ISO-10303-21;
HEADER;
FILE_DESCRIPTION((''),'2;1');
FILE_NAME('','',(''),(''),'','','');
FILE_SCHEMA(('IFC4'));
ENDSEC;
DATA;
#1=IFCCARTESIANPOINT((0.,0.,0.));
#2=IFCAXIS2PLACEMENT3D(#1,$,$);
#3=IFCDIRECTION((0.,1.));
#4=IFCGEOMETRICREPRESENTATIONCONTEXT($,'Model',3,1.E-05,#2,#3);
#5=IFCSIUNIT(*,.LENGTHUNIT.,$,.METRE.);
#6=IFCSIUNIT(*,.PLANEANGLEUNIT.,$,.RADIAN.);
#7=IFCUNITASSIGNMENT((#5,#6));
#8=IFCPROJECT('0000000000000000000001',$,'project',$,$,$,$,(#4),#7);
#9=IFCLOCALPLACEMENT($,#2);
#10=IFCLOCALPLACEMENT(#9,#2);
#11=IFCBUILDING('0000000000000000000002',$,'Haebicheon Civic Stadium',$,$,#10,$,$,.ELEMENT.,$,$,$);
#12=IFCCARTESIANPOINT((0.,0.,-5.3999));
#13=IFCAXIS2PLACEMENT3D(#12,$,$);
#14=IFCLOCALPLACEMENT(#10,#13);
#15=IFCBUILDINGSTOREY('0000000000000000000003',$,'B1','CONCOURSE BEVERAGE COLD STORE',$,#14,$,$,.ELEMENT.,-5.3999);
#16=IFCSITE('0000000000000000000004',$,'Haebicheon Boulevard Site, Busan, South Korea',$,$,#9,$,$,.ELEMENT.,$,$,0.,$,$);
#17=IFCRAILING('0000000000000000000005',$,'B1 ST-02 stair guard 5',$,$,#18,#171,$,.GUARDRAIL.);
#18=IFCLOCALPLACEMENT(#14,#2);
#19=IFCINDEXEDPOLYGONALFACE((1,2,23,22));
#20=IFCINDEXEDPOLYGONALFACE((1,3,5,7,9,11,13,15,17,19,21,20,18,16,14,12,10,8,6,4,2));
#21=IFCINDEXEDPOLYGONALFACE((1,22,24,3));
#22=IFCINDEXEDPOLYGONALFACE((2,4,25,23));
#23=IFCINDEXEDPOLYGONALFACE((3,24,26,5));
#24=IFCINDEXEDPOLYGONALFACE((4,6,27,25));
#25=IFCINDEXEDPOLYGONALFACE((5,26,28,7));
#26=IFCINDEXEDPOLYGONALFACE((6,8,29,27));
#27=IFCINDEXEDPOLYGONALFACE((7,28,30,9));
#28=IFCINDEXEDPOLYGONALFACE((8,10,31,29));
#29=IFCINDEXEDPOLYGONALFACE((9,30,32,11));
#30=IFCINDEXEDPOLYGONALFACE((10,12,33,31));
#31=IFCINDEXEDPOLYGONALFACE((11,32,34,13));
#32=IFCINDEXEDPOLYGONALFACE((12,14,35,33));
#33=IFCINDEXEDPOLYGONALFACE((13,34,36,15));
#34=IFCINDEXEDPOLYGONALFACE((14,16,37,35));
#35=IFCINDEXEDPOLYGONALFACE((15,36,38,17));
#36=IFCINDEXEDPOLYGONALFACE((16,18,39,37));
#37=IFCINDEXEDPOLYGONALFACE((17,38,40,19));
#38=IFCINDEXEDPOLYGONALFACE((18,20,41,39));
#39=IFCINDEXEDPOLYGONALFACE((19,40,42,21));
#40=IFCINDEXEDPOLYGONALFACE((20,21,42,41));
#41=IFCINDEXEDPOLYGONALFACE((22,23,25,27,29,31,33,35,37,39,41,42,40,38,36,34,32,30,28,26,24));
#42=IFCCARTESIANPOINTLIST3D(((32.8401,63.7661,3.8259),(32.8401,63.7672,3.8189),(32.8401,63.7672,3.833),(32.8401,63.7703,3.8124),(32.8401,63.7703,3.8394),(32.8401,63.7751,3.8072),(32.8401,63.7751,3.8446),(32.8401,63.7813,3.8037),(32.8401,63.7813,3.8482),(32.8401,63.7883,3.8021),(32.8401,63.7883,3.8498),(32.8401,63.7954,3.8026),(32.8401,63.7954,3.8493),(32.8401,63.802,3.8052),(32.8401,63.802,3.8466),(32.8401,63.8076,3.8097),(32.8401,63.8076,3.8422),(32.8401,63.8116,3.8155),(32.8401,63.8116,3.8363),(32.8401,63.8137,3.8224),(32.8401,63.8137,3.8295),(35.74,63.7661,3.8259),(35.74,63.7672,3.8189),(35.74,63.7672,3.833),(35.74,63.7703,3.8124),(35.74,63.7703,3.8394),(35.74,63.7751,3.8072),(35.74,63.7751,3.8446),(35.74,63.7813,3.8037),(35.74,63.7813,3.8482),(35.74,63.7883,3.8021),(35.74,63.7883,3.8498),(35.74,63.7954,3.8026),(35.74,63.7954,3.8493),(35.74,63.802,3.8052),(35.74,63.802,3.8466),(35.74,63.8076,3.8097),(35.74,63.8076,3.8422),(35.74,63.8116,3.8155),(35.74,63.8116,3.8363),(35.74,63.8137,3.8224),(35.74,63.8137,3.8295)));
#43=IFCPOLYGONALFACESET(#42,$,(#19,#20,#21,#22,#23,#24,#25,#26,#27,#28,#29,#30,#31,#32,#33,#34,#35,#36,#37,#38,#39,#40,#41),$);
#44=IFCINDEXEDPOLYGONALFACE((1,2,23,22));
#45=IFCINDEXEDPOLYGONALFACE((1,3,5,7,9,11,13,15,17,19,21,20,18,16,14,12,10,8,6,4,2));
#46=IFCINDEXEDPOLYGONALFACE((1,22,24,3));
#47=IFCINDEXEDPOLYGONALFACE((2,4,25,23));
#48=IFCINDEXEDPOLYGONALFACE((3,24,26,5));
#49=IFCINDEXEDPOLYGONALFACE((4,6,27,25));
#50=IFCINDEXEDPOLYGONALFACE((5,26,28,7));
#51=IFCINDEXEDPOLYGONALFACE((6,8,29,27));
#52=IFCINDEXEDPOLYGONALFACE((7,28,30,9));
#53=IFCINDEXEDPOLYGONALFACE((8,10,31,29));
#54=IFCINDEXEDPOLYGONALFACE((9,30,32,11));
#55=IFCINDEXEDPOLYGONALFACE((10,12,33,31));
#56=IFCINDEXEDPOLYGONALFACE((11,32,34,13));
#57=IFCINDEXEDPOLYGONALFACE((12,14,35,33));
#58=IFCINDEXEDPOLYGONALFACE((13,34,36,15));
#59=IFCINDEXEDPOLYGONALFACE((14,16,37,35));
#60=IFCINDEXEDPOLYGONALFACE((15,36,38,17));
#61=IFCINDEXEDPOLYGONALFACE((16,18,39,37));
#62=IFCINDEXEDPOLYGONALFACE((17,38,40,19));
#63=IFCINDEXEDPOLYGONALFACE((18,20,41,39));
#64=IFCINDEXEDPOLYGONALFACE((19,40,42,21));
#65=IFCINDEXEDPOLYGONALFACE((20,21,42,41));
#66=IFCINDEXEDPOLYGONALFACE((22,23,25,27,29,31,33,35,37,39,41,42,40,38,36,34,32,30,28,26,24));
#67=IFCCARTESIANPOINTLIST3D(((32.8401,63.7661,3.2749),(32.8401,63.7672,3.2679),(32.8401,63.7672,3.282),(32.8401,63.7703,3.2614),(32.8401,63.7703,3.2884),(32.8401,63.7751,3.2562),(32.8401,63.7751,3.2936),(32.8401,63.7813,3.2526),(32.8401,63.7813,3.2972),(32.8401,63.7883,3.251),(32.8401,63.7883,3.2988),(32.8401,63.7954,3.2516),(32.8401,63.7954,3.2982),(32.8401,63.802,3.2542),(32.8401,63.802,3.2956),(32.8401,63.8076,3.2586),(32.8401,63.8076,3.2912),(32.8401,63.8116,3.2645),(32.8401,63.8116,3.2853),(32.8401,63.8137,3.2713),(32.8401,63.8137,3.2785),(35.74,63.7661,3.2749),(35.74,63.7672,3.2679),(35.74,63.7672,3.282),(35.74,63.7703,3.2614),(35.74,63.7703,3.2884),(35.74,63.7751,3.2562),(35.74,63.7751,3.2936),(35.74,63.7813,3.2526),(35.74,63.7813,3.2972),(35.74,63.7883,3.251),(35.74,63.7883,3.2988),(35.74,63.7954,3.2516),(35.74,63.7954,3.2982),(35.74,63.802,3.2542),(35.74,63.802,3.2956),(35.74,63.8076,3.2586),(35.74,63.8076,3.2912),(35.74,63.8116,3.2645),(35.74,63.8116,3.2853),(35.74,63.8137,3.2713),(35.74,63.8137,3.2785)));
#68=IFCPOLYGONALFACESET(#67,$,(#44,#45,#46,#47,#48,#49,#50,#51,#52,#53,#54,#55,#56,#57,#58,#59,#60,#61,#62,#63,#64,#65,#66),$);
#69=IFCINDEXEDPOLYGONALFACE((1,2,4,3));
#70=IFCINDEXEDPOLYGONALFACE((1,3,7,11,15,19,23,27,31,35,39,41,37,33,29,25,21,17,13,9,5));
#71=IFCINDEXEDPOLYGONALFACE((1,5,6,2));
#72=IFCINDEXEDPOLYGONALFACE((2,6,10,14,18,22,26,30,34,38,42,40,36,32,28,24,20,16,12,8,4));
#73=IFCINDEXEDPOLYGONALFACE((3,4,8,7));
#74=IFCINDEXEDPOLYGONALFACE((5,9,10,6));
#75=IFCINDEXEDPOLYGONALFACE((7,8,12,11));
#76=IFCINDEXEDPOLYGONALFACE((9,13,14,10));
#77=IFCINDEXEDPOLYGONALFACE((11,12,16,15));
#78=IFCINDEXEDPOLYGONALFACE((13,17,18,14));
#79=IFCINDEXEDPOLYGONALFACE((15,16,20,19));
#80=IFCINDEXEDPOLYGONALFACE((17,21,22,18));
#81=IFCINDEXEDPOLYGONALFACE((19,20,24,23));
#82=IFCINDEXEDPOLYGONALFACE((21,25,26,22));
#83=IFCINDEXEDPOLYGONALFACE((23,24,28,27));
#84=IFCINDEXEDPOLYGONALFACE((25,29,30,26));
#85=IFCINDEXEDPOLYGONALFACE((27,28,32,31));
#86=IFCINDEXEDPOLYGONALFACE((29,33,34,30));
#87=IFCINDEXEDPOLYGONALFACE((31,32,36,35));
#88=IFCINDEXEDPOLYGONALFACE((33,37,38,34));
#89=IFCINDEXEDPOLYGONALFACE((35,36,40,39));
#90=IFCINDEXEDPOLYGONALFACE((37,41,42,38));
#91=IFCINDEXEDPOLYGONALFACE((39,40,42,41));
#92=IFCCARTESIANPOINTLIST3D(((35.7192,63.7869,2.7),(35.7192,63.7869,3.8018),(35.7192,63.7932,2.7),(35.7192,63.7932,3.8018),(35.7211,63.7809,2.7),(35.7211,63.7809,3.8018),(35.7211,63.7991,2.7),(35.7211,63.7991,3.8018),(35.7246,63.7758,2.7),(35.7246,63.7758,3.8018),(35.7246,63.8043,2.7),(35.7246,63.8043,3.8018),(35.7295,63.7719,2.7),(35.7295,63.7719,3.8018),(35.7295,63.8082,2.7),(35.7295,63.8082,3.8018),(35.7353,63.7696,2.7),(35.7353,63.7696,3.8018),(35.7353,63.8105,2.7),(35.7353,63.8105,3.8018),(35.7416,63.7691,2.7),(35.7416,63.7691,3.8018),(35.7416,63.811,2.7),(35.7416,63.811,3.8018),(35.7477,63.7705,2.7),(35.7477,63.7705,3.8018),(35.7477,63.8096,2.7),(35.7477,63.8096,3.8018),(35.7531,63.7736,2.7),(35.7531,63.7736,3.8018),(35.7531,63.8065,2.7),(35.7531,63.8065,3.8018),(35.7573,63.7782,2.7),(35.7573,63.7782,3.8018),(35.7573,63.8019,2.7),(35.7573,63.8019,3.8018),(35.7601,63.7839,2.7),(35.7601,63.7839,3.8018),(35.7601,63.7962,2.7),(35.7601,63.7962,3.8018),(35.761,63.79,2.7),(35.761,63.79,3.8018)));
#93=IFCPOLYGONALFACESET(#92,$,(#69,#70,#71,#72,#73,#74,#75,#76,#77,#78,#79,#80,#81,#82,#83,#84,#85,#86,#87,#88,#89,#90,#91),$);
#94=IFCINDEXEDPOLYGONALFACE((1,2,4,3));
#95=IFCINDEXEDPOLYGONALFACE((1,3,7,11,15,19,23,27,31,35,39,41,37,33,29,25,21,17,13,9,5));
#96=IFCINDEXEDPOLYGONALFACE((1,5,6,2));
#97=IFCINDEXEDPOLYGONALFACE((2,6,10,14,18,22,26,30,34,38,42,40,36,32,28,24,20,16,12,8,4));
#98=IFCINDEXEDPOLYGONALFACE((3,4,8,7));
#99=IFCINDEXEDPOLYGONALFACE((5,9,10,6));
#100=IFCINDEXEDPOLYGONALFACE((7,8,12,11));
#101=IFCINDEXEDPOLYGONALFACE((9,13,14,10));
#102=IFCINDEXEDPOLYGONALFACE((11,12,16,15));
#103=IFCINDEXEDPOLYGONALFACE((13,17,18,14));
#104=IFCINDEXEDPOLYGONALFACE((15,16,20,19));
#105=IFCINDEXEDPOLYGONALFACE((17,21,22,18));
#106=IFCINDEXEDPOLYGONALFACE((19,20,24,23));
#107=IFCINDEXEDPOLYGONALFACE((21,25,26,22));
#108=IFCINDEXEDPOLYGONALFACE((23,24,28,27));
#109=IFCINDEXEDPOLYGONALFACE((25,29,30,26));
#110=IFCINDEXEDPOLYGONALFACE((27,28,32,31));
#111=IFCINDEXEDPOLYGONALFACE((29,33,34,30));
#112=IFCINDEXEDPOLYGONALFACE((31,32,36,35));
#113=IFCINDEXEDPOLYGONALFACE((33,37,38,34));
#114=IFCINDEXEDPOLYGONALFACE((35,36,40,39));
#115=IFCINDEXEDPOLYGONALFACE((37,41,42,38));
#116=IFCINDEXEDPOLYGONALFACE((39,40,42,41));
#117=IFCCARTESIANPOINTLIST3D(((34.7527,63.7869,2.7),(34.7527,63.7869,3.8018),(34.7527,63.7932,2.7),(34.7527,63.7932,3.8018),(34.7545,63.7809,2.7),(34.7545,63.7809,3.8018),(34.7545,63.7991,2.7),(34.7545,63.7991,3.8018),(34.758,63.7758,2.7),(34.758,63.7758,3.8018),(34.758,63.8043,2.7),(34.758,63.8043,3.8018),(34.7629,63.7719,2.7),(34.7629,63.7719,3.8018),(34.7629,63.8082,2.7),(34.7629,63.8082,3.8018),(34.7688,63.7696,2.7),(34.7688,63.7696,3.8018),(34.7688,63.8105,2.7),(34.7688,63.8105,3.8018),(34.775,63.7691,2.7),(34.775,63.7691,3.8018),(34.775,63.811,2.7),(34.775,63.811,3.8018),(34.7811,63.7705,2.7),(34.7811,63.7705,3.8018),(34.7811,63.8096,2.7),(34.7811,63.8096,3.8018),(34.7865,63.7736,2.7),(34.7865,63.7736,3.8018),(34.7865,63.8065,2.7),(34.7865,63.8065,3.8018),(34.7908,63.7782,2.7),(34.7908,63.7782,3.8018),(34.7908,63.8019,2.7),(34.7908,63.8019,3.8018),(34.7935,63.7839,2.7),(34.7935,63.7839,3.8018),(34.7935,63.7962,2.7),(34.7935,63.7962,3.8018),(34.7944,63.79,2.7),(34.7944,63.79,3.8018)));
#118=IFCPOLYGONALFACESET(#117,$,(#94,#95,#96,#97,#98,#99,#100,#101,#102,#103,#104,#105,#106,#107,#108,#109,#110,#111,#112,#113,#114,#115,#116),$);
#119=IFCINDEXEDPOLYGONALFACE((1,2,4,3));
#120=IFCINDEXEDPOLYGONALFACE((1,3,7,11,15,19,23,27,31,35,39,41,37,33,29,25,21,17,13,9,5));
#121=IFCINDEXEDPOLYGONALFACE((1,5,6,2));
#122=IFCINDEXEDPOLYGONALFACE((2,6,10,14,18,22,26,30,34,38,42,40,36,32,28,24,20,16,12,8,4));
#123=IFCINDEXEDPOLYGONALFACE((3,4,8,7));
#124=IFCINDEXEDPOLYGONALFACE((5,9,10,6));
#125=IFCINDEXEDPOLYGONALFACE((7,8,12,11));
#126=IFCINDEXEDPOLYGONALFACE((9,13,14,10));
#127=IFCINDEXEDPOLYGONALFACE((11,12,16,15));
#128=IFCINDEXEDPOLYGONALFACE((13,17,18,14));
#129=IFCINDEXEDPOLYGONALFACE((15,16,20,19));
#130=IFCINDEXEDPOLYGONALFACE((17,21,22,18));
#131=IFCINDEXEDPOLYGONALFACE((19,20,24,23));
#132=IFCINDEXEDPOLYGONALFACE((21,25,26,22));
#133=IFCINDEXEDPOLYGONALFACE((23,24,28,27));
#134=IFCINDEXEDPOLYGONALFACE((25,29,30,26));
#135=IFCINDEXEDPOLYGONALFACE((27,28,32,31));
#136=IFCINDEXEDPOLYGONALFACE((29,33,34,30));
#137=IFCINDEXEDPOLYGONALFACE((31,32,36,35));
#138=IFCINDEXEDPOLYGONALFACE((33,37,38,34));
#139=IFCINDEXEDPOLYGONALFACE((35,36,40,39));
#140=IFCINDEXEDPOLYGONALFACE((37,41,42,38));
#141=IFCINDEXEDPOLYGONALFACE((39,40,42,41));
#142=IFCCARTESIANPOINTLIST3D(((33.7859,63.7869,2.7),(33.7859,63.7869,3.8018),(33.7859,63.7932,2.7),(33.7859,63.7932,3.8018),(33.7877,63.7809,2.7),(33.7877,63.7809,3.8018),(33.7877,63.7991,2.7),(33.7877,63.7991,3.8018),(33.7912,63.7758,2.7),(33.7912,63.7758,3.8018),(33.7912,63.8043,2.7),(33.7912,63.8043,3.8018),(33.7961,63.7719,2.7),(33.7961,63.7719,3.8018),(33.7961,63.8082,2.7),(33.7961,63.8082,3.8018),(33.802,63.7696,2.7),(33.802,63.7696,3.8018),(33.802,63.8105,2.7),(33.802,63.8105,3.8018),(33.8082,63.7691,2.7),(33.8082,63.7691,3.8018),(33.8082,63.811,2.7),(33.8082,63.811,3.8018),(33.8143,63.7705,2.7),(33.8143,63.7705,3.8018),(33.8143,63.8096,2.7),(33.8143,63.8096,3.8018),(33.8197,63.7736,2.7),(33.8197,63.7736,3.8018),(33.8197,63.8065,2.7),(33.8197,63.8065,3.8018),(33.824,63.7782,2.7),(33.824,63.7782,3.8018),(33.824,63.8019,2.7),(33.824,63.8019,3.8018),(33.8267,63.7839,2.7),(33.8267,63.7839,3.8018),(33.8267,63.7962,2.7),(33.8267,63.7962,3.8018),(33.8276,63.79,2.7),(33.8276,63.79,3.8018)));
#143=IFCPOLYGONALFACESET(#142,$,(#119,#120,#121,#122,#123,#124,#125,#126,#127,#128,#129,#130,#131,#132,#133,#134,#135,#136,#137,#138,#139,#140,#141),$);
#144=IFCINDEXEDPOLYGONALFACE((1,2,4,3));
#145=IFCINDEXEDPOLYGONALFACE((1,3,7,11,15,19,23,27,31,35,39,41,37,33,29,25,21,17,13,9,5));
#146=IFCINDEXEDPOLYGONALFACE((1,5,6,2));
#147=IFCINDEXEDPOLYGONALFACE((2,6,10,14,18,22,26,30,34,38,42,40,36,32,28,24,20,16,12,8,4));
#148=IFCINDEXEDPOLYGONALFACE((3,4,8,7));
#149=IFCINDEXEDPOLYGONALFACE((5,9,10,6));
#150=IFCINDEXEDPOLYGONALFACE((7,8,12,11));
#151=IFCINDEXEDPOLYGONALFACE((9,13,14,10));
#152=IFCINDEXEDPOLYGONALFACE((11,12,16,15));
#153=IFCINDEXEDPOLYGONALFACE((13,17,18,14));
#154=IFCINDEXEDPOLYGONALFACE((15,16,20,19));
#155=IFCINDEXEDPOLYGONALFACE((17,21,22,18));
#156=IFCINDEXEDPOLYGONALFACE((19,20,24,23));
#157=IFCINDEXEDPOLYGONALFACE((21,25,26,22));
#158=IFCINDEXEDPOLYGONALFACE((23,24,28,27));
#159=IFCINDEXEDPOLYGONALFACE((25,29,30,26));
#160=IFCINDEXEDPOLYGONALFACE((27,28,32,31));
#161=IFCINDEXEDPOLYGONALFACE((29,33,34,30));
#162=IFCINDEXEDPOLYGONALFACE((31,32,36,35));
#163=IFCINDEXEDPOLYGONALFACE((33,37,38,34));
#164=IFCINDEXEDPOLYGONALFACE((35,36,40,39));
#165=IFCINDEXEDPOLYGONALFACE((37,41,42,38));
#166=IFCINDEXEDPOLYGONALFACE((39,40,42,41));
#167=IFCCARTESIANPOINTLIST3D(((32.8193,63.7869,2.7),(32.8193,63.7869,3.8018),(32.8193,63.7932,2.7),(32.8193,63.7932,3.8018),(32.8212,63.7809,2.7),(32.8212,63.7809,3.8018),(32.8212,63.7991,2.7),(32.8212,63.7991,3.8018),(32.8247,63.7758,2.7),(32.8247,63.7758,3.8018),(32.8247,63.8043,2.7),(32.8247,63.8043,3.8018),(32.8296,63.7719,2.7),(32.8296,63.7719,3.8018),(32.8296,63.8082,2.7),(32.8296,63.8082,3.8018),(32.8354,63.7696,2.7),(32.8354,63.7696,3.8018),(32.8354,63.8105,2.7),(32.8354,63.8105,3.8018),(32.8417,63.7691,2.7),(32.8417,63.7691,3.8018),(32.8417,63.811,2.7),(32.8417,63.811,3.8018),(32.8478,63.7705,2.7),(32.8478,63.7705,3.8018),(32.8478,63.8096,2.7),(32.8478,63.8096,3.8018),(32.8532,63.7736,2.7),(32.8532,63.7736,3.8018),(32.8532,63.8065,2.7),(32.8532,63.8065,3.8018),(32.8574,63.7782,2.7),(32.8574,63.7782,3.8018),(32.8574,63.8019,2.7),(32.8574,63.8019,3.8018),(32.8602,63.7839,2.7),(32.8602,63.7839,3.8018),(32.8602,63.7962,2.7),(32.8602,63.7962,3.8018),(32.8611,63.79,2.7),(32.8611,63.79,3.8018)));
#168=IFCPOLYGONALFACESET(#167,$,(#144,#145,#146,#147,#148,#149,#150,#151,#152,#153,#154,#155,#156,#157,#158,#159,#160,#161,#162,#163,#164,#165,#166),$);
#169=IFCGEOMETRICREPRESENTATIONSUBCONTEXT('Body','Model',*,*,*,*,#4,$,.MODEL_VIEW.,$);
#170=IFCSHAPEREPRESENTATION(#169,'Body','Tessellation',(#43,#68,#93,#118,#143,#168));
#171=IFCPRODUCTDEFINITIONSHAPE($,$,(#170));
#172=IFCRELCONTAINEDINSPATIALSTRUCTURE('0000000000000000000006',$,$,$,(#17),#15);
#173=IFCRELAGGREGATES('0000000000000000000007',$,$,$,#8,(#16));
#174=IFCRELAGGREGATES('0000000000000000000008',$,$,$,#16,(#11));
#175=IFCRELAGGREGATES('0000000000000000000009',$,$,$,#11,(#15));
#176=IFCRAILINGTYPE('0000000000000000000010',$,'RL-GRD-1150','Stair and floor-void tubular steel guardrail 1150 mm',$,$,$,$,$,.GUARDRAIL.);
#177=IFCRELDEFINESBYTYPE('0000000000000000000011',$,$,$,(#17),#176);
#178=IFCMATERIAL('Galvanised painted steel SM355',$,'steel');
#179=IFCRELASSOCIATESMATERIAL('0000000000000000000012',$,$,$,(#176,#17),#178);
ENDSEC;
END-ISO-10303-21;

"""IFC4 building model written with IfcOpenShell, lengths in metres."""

from ifc_helpers import new_model, si_unit, direction, frame, origin, origin_2d, place, context, subcontext, project, spatial, circle, extrude, material, type_object, element, save


model = new_model("IFC4")

# Units and contexts
model_context = context("Model", 3, precision=1e-05, world=origin(), true_north=direction((0.0, 1.0)))
body_context = subcontext(model_context, "Body", "Model", "MODEL_VIEW")
ifc_project = project(units=[si_unit("LENGTHUNIT", "METRE"), si_unit("PLANEANGLEUNIT", "RADIAN")], contexts=[model_context])

# Site, building, storey
site_placement = place(None, origin())
site = spatial("IfcSite", under=ifc_project, at=site_placement, Name="Haebicheon Boulevard Site, Busan, South Korea", CompositionType="ELEMENT", RefElevation=0.0)
building_placement = place(site_placement, origin())
building = spatial("IfcBuilding", under=site, at=building_placement, Name="Haebicheon Civic Stadium", CompositionType="ELEMENT")
storey_placement = place(building_placement, frame((0.0, 0.0, -5.3999)))
storey = spatial("IfcBuildingStorey", under=building, at=storey_placement, Name="B1", Description="CONCOURSE BEVERAGE COLD STORE", CompositionType="ELEMENT", Elevation=-5.3999)

# Railing
ifc_material_1 = material(Name="Galvanised painted steel SM355", Category="steel")
railing_type_1 = type_object("IfcRailingType", Name="RL-GRD-1150", Description="Stair and floor-void tubular steel guardrail 1150 mm", PredefinedType="GUARDRAIL", material=ifc_material_1)
railing_1_placement = place(storey_placement, frame((35.74, 63.79, 2.7)))
element("IfcRailing", 1, at=railing_1_placement, inside=storey, type_object=railing_type_1, material=ifc_material_1, Name="B1 ST-02 stair guard 5", PredefinedType="GUARDRAIL", context=body_context, shape_type="SweptSolid", body=[
    extrude(circle(Radius=0.0239, at=origin_2d()), frame((0.0, 0.0, 1.126), z_axis=(-1.0, 0.0, 0.0), x_axis=(0.0, -1.0, 0.0)), (0.0, 0.0, 1.0), 2.8999),
    extrude(circle(Radius=0.0239, at=origin_2d()), frame((0.0, 0.0, 0.575), z_axis=(-1.0, 0.0, 0.0), x_axis=(0.0, -1.0, 0.0)), (0.0, 0.0, 1.0), 2.8999),
    extrude(circle(Radius=0.021, at=origin_2d()), origin(), (0.0, 0.0, 1.0), 1.1018),
    extrude(circle(Radius=0.021, at=origin_2d()), frame((-0.9666, 0.0, 0.0)), (0.0, 0.0, 1.0), 1.1018),
    extrude(circle(Radius=0.021, at=origin_2d()), frame((-1.9333, 0.0, 0.0)), (0.0, 0.0, 1.0), 1.1018),
    extrude(circle(Radius=0.021, at=origin_2d()), frame((-2.8999, 0.0, 0.0)), (0.0, 0.0, 1.0), 1.1018),
])

save(model, "model.ifc")
